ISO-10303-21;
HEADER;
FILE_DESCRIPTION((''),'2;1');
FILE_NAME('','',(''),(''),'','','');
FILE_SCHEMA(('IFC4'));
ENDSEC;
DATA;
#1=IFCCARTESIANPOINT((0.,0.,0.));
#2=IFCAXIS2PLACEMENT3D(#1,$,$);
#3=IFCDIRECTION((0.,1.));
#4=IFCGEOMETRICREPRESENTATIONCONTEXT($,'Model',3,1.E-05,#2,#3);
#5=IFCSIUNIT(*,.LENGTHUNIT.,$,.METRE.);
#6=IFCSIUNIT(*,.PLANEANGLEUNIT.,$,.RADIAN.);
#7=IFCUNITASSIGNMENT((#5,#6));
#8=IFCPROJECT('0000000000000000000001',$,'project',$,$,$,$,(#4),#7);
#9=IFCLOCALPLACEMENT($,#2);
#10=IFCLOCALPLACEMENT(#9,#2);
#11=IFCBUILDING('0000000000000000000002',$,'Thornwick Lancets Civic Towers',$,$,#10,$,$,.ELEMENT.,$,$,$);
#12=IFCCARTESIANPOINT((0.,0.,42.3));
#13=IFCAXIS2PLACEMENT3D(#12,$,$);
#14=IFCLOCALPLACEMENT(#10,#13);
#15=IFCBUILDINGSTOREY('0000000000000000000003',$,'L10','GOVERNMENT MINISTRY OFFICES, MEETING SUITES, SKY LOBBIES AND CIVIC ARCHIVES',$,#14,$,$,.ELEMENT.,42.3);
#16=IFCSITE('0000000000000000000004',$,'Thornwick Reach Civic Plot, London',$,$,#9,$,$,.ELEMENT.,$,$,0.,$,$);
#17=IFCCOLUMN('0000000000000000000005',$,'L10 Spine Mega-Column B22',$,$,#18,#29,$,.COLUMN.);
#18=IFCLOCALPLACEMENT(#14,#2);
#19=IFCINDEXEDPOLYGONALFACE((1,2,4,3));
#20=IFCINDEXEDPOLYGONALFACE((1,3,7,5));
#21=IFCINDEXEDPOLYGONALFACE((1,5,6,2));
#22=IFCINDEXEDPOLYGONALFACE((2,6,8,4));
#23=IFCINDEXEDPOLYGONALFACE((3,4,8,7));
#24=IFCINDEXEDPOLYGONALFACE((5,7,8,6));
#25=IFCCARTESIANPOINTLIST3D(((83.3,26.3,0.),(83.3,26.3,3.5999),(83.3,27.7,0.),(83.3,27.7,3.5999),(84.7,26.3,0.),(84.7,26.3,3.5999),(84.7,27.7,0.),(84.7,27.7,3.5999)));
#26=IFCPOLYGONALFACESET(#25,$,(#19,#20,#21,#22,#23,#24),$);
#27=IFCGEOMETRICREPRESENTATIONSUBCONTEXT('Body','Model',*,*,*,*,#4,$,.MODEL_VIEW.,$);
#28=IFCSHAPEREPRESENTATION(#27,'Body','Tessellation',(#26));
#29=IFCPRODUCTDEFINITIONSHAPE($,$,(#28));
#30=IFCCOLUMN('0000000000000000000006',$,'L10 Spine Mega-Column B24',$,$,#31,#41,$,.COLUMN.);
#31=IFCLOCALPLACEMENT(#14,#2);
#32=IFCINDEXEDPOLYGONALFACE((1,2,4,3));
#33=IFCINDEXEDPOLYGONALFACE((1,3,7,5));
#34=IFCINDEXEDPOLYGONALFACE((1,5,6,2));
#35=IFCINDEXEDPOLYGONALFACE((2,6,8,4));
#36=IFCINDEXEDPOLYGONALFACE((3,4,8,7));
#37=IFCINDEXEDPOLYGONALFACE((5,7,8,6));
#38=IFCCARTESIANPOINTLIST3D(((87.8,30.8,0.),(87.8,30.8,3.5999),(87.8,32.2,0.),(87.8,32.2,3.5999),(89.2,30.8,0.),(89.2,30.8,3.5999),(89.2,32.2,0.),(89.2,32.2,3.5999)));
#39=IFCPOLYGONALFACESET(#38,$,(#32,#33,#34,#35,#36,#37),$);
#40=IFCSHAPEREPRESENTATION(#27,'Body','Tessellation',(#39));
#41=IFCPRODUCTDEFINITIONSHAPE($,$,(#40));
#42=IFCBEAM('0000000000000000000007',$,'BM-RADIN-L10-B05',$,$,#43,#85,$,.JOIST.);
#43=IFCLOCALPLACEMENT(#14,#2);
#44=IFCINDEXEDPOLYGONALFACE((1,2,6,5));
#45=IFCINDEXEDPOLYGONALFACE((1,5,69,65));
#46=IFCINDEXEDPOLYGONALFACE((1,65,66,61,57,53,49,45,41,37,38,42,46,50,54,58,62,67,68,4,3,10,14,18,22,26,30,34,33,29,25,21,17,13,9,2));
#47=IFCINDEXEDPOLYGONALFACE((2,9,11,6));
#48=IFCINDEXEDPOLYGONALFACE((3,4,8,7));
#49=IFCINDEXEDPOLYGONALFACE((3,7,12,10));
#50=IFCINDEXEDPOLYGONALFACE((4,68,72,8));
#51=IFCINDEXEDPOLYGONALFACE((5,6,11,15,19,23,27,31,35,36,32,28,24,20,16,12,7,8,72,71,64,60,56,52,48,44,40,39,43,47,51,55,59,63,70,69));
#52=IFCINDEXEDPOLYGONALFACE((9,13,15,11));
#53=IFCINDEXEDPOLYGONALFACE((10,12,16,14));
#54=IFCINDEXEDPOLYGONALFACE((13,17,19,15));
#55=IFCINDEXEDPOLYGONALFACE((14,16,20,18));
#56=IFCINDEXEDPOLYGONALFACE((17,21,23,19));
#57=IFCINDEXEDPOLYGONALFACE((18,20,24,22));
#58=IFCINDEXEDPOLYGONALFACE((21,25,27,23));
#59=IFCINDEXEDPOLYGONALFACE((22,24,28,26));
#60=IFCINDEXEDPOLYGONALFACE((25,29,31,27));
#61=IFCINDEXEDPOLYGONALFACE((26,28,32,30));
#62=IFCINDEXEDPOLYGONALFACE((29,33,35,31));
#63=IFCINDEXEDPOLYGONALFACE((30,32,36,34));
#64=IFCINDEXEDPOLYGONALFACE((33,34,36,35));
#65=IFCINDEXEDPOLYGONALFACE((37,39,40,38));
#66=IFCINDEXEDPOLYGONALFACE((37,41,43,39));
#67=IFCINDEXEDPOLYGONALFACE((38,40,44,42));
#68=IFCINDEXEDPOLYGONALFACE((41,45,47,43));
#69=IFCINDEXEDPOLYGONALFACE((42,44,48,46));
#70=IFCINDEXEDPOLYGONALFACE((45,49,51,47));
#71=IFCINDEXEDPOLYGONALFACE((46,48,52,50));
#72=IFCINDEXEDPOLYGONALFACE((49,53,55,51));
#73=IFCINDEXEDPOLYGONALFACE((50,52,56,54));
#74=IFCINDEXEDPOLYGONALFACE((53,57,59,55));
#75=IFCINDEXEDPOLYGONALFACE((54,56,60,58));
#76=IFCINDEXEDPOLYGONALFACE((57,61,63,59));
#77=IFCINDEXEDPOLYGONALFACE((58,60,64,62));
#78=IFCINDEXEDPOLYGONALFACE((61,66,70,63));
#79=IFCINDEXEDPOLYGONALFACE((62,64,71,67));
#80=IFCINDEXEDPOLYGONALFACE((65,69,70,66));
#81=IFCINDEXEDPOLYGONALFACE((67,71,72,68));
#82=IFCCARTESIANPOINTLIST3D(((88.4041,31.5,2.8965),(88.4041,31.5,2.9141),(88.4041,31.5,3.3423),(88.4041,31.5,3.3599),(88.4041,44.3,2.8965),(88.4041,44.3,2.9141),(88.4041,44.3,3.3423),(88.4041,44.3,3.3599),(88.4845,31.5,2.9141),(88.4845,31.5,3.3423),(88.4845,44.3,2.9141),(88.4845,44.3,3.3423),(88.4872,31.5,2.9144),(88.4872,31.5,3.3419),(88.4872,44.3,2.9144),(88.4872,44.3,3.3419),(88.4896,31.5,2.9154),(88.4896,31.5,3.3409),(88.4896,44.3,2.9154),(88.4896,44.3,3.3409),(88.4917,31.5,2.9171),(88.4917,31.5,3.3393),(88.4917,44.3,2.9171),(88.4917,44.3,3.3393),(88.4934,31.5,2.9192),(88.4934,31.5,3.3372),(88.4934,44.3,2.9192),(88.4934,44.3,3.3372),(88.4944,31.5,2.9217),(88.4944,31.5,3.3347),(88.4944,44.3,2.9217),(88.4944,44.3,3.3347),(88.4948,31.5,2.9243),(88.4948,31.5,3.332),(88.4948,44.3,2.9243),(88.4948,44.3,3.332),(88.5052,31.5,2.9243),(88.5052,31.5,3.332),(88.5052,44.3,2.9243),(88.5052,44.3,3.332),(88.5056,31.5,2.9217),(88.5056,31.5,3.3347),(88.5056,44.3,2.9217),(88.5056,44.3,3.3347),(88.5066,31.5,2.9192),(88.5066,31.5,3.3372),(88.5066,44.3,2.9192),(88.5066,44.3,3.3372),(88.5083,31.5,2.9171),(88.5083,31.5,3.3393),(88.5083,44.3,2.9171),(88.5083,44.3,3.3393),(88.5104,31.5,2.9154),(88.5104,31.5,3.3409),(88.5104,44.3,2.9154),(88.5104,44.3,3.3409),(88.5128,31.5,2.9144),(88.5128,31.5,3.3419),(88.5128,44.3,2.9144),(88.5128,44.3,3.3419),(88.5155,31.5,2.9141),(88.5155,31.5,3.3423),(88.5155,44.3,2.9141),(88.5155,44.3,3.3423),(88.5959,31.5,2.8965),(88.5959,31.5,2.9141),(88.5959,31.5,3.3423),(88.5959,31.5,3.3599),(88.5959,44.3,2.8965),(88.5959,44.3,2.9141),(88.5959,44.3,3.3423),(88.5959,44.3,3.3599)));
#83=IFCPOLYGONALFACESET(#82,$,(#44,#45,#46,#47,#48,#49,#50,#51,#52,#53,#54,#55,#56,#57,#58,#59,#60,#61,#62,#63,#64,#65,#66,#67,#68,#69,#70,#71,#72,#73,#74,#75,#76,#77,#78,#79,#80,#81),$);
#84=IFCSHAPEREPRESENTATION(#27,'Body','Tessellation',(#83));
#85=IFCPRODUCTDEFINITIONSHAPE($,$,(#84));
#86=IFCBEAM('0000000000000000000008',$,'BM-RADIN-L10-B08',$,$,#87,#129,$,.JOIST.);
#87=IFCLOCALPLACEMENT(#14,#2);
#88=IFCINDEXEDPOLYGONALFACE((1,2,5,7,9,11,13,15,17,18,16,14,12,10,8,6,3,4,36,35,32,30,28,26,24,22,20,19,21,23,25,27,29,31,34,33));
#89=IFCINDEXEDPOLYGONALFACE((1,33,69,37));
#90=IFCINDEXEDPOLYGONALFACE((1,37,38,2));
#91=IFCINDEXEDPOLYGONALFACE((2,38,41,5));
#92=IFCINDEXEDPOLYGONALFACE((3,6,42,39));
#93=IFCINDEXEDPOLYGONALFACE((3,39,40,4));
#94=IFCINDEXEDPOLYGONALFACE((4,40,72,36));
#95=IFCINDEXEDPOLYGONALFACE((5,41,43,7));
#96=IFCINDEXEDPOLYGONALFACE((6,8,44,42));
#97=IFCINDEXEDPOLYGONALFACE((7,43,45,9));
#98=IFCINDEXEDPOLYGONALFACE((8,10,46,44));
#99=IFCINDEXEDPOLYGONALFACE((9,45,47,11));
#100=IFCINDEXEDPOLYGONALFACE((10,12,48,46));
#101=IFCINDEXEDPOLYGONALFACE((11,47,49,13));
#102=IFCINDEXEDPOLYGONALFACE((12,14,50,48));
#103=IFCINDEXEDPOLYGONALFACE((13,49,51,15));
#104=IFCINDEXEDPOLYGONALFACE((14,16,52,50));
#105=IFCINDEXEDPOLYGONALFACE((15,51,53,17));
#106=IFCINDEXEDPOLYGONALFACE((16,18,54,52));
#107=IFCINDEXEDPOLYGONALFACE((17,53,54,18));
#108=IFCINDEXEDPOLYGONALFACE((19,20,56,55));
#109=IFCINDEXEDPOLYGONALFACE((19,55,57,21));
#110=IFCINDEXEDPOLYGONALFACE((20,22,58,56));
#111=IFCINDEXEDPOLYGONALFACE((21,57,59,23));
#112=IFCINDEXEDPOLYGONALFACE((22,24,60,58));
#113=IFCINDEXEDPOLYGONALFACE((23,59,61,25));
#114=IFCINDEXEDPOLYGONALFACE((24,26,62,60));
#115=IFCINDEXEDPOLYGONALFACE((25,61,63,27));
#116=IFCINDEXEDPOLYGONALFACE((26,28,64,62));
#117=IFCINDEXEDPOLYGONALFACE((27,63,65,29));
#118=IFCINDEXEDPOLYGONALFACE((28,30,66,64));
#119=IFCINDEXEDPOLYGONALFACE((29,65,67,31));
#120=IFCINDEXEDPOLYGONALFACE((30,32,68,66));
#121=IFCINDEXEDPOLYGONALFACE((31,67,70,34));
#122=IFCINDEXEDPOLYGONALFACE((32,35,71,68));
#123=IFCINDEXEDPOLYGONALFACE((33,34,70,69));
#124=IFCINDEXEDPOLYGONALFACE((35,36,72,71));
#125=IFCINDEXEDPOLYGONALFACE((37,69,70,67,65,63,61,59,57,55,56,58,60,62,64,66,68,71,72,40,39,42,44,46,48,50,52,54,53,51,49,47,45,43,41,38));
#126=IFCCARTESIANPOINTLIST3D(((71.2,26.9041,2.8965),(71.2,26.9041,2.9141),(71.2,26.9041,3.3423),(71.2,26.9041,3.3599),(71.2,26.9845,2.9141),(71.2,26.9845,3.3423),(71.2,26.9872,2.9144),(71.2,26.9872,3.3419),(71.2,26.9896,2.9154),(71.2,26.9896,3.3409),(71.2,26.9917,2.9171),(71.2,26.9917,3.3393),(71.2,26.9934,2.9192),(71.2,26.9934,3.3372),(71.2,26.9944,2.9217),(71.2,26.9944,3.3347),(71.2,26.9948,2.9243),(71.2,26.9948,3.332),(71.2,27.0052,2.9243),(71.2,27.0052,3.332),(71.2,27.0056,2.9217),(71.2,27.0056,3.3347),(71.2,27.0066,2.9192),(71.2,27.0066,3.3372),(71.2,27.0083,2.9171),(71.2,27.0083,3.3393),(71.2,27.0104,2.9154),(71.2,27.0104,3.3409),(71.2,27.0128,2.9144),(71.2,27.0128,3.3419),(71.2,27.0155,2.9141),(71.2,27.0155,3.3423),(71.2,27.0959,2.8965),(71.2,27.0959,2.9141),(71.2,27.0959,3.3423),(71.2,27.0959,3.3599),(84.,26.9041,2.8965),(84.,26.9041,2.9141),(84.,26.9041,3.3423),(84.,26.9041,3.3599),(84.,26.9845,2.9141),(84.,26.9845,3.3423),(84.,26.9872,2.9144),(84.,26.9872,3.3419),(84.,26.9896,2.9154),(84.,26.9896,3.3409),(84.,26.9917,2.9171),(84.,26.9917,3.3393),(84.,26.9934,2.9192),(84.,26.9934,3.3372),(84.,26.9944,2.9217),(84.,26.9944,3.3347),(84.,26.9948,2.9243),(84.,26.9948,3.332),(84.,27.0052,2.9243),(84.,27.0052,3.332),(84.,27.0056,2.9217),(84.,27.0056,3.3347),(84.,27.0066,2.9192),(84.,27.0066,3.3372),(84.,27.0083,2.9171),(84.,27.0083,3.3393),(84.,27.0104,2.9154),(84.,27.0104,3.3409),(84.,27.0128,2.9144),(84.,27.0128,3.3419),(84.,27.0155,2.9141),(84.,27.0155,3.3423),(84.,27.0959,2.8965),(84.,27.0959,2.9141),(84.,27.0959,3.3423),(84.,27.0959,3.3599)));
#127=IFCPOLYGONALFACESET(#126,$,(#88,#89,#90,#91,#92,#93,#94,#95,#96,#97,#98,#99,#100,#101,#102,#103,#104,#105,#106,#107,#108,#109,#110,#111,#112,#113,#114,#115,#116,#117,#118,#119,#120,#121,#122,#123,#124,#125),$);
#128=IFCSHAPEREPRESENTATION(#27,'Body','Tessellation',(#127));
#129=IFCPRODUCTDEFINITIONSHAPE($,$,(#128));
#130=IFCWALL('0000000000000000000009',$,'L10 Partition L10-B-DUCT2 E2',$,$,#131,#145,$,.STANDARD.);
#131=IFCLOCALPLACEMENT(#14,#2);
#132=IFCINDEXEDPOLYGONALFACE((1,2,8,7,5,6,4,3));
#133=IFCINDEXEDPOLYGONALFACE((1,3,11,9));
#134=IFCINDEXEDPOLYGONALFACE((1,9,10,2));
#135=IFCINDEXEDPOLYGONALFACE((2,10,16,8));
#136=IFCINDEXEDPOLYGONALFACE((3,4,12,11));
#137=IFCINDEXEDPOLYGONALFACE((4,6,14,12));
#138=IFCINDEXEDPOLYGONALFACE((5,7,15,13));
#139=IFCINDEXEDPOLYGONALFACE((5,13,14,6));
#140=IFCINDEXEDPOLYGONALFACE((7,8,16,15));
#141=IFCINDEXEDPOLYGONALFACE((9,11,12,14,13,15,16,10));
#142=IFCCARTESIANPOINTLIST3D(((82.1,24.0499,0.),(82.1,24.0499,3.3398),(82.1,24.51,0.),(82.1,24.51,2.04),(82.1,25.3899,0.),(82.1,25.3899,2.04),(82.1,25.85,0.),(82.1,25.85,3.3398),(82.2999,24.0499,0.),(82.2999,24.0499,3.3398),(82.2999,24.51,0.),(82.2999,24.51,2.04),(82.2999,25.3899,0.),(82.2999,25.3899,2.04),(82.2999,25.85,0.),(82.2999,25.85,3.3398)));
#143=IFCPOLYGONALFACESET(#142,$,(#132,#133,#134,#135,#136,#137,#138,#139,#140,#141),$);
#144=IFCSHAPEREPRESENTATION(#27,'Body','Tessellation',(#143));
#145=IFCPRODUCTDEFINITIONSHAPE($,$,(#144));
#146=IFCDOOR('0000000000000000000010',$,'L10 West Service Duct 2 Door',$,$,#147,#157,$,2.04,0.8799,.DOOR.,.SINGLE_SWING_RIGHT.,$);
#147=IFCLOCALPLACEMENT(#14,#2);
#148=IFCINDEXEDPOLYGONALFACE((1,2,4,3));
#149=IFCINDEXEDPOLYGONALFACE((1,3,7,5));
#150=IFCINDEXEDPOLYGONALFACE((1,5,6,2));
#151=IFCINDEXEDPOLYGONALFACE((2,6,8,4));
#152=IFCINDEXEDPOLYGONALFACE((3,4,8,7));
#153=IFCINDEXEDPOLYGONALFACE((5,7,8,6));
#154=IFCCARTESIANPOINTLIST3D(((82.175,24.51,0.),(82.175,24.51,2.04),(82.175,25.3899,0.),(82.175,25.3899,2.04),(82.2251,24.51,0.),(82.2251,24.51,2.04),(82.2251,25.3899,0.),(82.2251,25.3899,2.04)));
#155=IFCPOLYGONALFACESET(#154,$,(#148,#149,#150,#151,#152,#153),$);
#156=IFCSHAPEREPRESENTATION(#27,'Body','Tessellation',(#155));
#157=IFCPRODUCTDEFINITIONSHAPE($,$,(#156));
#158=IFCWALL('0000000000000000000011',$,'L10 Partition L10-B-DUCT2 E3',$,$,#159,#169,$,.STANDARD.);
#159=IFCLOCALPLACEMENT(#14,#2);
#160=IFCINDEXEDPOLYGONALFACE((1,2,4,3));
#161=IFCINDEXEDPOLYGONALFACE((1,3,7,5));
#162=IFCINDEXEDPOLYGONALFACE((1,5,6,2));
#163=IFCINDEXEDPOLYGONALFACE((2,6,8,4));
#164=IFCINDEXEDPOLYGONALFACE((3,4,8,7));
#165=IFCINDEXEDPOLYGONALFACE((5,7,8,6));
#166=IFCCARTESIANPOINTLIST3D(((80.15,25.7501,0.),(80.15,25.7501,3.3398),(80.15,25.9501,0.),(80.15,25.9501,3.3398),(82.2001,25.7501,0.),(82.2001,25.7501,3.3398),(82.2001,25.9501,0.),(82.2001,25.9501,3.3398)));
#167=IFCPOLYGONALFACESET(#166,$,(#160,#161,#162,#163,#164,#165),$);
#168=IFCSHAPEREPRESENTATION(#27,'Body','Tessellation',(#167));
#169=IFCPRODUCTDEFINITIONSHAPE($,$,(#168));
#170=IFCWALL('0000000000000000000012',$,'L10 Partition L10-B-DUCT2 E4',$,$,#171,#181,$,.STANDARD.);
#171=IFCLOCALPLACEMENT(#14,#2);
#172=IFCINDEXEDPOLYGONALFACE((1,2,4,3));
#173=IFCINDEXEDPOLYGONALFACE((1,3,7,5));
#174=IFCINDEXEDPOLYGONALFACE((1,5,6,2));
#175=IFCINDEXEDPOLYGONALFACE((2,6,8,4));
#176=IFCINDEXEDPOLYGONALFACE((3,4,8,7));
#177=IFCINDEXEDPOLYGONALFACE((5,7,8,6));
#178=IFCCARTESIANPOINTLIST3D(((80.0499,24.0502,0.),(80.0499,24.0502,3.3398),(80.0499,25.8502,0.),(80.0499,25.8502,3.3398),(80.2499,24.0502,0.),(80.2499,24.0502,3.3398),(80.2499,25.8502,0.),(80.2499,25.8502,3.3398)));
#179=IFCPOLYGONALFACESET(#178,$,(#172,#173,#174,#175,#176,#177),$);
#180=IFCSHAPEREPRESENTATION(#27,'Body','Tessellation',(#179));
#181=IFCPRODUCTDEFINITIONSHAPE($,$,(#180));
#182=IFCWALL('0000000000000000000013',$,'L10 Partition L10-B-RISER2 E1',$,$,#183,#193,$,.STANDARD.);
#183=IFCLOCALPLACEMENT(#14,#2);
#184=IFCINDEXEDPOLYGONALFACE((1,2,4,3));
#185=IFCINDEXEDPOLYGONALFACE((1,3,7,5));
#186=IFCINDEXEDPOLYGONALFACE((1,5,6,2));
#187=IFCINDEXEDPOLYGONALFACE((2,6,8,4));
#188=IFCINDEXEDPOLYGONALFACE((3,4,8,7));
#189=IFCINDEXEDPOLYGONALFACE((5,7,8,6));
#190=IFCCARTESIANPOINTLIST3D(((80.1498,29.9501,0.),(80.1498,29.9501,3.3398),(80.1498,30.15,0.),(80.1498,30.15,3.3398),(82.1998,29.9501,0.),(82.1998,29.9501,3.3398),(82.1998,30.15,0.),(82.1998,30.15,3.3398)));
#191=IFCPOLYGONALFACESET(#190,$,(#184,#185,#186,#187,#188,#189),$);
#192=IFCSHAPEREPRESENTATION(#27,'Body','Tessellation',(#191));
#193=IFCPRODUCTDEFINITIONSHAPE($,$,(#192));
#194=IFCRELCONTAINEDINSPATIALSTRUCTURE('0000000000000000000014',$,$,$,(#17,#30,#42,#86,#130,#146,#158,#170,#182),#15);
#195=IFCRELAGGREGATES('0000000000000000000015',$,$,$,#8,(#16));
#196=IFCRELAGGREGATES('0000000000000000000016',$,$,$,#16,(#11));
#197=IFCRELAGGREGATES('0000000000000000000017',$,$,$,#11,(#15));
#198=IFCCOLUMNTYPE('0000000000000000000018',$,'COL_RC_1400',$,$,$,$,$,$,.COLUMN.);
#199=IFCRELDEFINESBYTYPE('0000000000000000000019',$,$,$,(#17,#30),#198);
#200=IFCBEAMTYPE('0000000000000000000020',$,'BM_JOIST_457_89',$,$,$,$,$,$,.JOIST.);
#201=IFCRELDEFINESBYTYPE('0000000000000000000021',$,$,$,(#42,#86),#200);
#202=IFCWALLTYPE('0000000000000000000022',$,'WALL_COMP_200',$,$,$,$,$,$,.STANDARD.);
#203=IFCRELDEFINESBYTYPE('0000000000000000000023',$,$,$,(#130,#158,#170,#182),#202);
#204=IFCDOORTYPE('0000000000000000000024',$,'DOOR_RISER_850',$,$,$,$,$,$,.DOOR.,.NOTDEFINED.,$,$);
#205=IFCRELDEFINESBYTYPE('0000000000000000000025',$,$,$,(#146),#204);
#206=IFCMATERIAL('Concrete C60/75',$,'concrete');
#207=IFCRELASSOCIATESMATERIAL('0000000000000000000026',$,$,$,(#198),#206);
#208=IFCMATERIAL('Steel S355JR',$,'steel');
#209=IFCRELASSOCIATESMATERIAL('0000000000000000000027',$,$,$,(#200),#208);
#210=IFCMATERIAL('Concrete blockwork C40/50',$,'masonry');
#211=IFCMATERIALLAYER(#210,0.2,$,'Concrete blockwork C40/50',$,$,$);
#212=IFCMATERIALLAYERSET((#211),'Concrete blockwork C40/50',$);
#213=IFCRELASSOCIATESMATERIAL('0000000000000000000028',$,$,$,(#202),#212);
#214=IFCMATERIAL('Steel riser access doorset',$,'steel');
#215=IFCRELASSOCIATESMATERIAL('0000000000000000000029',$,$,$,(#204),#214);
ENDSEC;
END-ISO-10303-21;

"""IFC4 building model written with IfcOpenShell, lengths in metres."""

from ifc_helpers import new_model, si_unit, direction, frame, frame_2d, origin, origin_2d, place, context, subcontext, project, spatial, rectangle, i_section, extrude, material, layer, layer_set, material_profile, profile_set, type_object, element, fill, save


model = new_model("IFC4")

# Units and contexts
model_context = context("Model", 3, precision=1e-05, world=origin(), true_north=direction((0.0, 1.0)))
body_context = subcontext(model_context, "Body", "Model", "MODEL_VIEW")
ifc_project = project(units=[si_unit("LENGTHUNIT", "METRE"), si_unit("PLANEANGLEUNIT", "RADIAN")], contexts=[model_context])

# Site, building, storey
site_placement = place(None, origin())
site = spatial("IfcSite", under=ifc_project, at=site_placement, Name="Thornwick Reach Civic Plot, London", CompositionType="ELEMENT", RefElevation=0.0)
building_placement = place(site_placement, origin())
building = spatial("IfcBuilding", under=site, at=building_placement, Name="Thornwick Lancets Civic Towers", CompositionType="ELEMENT")
storey_placement = place(building_placement, frame((0.0, 0.0, 42.3)))
storey = spatial("IfcBuildingStorey", under=building, at=storey_placement, Name="L10", Description="GOVERNMENT MINISTRY OFFICES, MEETING SUITES, SKY LOBBIES AND CIVIC ARCHIVES", CompositionType="ELEMENT", Elevation=42.3)

# Columns
ifc_material_1 = material(Name="Concrete C60/75", Category="concrete")
ifc_material_profile_1 = material_profile(ifc_material_1, rectangle(XDim=1.3999, YDim=1.3999, at=origin_2d()), Name="RC 1400x1400")
ifc_profile_set_1 = profile_set([ifc_material_profile_1], Name="Concrete C60/75")
column_type = type_object("IfcColumnType", Name="COL_RC_1400", PredefinedType="COLUMN", material=ifc_profile_set_1)
for number, where, z_axis, x_axis, name in (
    (1, (84.0, 27.0, 0.0), (0.0, 0.0, 1.0), (1.0, 0.0, 0.0), "L10 Spine Mega-Column B22"),
    (2, (88.5, 31.5, 0.0), (0.0, 0.0, 1.0), (1.0, 0.0, 0.0), "L10 Spine Mega-Column B24"),
):
    element("IfcColumn", number, at=place(storey_placement, frame(where, z_axis=z_axis, x_axis=x_axis)), inside=storey, type_object=column_type, Name=name, PredefinedType="COLUMN", context=body_context, shape_type="SweptSolid", body=[
        extrude(rectangle(XDim=1.3999, YDim=1.3999, at=origin_2d()), origin(), (0.0, 0.0, 1.0), 3.5999),
    ])

# Beams
ifc_material_2 = material(Name="Steel S355JR", Category="steel")
ifc_material_profile_2 = material_profile(ifc_material_2, i_section(OverallWidth=0.1919, OverallDepth=0.4634, WebThickness=0.0105, FlangeThickness=0.0176, FilletRadius=0.0103, at=origin_2d()), Name="UKB 457x191x89")
ifc_profile_set_2 = profile_set([ifc_material_profile_2], Name="Steel S355JR")
beam_type = type_object("IfcBeamType", Name="BM_JOIST_457_89", PredefinedType="JOIST", material=ifc_profile_set_2)
for number, where, z_axis, x_axis, name in (
    (3, (88.5, 31.5, 3.1282), (0.0, 1.0, 0.0), (-1.0, 0.0, 0.0), "BM-RADIN-L10-B05"),
    (4, (84.0, 27.0, 3.1282), (-1.0, 0.0, 0.0), (0.0, -1.0, 0.0), "BM-RADIN-L10-B08"),
):
    element("IfcBeam", number, at=place(storey_placement, frame(where, z_axis=z_axis, x_axis=x_axis)), inside=storey, type_object=beam_type, Name=name, PredefinedType="JOIST", context=body_context, shape_type="SweptSolid", body=[
        extrude(i_section(OverallWidth=0.1919, OverallDepth=0.4634, WebThickness=0.0105, FlangeThickness=0.0176, FilletRadius=0.0103, at=origin_2d()), origin(), (0.0, 0.0, 1.0), 12.8),
    ])

# Wall, opening, door
ifc_material_3 = material(Name="Concrete blockwork C40/50", Category="masonry")
ifc_layer_1 = layer(ifc_material_3, 0.2, Name="Concrete blockwork C40/50")
ifc_layer_set_1 = layer_set([ifc_layer_1], Name="Concrete blockwork C40/50")
wall_type_1 = type_object("IfcWallType", Name="WALL_COMP_200", PredefinedType="STANDARD", material=ifc_layer_set_1)
wall_1_placement = place(storey_placement, frame((82.2, 24.05, 0.0), z_axis=(0.0, 0.0, 1.0), x_axis=(0.0, 1.0, 0.0)))
wall_1 = element("IfcWall", 5, at=wall_1_placement, inside=storey, type_object=wall_type_1, Name="L10 Partition L10-B-DUCT2 E2", PredefinedType="STANDARD", context=body_context, shape_type="SweptSolid", body=[
    extrude(rectangle(XDim=1.8, YDim=0.2, at=frame_2d((0.8999, 0.0))), origin(), (0.0, 0.0, 1.0), 3.3398),
])
opening_1_placement = place(wall_1_placement, frame((0.46, 0.0, 0.0)))
opening_1 = element("IfcOpeningElement", 6, at=opening_1_placement, cuts=wall_1, PredefinedType="OPENING", context=body_context, shape_type="SweptSolid", body=[
    extrude(rectangle(XDim=0.8799, YDim=2.04, at=frame_2d((0.4399, 1.02))), frame((0.0, 0.1099, 0.0), z_axis=(0.0, -1.0, 0.0), x_axis=(1.0, 0.0, 0.0)), (0.0, 0.0, 1.0), 0.22),
])
ifc_material_4 = material(Name="Steel riser access doorset", Category="steel")
door_type = type_object("IfcDoorType", Name="DOOR_RISER_850", OperationType="NOTDEFINED", PredefinedType="DOOR", material=ifc_material_4)
door_1_placement = place(opening_1_placement, origin())
door_1 = element("IfcDoor", 7, at=door_1_placement, inside=storey, type_object=door_type, Name="L10 West Service Duct 2 Door", OperationType="SINGLE_SWING_RIGHT", OverallHeight=2.04, OverallWidth=0.8799, PredefinedType="DOOR", context=body_context, shape_type="SweptSolid", body=[
    extrude(rectangle(XDim=0.8799, YDim=2.04, at=frame_2d((0.4399, 1.02))), frame((0.0, 0.0249, 0.0), z_axis=(0.0, -1.0, 0.0), x_axis=(1.0, 0.0, 0.0)), (0.0, 0.0, 1.0), 0.05),
])
fill(opening_1, door_1)

# Walls
wall_2_placement = place(storey_placement, frame((82.2, 25.8501, 0.0), z_axis=(0.0, 0.0, 1.0), x_axis=(-1.0, 0.0, 0.0)))
element("IfcWall", 8, at=wall_2_placement, inside=storey, type_object=wall_type_1, Name="L10 Partition L10-B-DUCT2 E3", PredefinedType="STANDARD", context=body_context, shape_type="SweptSolid", body=[
    extrude(rectangle(XDim=2.05, YDim=0.2, at=frame_2d((1.0249, 0.0))), origin(), (0.0, 0.0, 1.0), 3.3398),
])
wall_3_placement = place(storey_placement, frame((80.1499, 25.8501, 0.0), z_axis=(0.0, 0.0, 1.0), x_axis=(0.0, -1.0, 0.0)))
element("IfcWall", 9, at=wall_3_placement, inside=storey, type_object=wall_type_1, Name="L10 Partition L10-B-DUCT2 E4", PredefinedType="STANDARD", context=body_context, shape_type="SweptSolid", body=[
    extrude(rectangle(XDim=1.8, YDim=0.2, at=frame_2d((0.8999, 0.0))), origin(), (0.0, 0.0, 1.0), 3.3398),
])
wall_4_placement = place(storey_placement, frame((80.1499, 30.05, 0.0), z_axis=(0.0, 0.0, 1.0), x_axis=(1.0, 0.0, 0.0)))
element("IfcWall", 10, at=wall_4_placement, inside=storey, type_object=wall_type_1, Name="L10 Partition L10-B-RISER2 E1", PredefinedType="STANDARD", context=body_context, shape_type="SweptSolid", body=[
    extrude(rectangle(XDim=2.05, YDim=0.2, at=frame_2d((1.0249, 0.0))), origin(), (0.0, 0.0, 1.0), 3.3398),
])

save(model, "model.ifc")
